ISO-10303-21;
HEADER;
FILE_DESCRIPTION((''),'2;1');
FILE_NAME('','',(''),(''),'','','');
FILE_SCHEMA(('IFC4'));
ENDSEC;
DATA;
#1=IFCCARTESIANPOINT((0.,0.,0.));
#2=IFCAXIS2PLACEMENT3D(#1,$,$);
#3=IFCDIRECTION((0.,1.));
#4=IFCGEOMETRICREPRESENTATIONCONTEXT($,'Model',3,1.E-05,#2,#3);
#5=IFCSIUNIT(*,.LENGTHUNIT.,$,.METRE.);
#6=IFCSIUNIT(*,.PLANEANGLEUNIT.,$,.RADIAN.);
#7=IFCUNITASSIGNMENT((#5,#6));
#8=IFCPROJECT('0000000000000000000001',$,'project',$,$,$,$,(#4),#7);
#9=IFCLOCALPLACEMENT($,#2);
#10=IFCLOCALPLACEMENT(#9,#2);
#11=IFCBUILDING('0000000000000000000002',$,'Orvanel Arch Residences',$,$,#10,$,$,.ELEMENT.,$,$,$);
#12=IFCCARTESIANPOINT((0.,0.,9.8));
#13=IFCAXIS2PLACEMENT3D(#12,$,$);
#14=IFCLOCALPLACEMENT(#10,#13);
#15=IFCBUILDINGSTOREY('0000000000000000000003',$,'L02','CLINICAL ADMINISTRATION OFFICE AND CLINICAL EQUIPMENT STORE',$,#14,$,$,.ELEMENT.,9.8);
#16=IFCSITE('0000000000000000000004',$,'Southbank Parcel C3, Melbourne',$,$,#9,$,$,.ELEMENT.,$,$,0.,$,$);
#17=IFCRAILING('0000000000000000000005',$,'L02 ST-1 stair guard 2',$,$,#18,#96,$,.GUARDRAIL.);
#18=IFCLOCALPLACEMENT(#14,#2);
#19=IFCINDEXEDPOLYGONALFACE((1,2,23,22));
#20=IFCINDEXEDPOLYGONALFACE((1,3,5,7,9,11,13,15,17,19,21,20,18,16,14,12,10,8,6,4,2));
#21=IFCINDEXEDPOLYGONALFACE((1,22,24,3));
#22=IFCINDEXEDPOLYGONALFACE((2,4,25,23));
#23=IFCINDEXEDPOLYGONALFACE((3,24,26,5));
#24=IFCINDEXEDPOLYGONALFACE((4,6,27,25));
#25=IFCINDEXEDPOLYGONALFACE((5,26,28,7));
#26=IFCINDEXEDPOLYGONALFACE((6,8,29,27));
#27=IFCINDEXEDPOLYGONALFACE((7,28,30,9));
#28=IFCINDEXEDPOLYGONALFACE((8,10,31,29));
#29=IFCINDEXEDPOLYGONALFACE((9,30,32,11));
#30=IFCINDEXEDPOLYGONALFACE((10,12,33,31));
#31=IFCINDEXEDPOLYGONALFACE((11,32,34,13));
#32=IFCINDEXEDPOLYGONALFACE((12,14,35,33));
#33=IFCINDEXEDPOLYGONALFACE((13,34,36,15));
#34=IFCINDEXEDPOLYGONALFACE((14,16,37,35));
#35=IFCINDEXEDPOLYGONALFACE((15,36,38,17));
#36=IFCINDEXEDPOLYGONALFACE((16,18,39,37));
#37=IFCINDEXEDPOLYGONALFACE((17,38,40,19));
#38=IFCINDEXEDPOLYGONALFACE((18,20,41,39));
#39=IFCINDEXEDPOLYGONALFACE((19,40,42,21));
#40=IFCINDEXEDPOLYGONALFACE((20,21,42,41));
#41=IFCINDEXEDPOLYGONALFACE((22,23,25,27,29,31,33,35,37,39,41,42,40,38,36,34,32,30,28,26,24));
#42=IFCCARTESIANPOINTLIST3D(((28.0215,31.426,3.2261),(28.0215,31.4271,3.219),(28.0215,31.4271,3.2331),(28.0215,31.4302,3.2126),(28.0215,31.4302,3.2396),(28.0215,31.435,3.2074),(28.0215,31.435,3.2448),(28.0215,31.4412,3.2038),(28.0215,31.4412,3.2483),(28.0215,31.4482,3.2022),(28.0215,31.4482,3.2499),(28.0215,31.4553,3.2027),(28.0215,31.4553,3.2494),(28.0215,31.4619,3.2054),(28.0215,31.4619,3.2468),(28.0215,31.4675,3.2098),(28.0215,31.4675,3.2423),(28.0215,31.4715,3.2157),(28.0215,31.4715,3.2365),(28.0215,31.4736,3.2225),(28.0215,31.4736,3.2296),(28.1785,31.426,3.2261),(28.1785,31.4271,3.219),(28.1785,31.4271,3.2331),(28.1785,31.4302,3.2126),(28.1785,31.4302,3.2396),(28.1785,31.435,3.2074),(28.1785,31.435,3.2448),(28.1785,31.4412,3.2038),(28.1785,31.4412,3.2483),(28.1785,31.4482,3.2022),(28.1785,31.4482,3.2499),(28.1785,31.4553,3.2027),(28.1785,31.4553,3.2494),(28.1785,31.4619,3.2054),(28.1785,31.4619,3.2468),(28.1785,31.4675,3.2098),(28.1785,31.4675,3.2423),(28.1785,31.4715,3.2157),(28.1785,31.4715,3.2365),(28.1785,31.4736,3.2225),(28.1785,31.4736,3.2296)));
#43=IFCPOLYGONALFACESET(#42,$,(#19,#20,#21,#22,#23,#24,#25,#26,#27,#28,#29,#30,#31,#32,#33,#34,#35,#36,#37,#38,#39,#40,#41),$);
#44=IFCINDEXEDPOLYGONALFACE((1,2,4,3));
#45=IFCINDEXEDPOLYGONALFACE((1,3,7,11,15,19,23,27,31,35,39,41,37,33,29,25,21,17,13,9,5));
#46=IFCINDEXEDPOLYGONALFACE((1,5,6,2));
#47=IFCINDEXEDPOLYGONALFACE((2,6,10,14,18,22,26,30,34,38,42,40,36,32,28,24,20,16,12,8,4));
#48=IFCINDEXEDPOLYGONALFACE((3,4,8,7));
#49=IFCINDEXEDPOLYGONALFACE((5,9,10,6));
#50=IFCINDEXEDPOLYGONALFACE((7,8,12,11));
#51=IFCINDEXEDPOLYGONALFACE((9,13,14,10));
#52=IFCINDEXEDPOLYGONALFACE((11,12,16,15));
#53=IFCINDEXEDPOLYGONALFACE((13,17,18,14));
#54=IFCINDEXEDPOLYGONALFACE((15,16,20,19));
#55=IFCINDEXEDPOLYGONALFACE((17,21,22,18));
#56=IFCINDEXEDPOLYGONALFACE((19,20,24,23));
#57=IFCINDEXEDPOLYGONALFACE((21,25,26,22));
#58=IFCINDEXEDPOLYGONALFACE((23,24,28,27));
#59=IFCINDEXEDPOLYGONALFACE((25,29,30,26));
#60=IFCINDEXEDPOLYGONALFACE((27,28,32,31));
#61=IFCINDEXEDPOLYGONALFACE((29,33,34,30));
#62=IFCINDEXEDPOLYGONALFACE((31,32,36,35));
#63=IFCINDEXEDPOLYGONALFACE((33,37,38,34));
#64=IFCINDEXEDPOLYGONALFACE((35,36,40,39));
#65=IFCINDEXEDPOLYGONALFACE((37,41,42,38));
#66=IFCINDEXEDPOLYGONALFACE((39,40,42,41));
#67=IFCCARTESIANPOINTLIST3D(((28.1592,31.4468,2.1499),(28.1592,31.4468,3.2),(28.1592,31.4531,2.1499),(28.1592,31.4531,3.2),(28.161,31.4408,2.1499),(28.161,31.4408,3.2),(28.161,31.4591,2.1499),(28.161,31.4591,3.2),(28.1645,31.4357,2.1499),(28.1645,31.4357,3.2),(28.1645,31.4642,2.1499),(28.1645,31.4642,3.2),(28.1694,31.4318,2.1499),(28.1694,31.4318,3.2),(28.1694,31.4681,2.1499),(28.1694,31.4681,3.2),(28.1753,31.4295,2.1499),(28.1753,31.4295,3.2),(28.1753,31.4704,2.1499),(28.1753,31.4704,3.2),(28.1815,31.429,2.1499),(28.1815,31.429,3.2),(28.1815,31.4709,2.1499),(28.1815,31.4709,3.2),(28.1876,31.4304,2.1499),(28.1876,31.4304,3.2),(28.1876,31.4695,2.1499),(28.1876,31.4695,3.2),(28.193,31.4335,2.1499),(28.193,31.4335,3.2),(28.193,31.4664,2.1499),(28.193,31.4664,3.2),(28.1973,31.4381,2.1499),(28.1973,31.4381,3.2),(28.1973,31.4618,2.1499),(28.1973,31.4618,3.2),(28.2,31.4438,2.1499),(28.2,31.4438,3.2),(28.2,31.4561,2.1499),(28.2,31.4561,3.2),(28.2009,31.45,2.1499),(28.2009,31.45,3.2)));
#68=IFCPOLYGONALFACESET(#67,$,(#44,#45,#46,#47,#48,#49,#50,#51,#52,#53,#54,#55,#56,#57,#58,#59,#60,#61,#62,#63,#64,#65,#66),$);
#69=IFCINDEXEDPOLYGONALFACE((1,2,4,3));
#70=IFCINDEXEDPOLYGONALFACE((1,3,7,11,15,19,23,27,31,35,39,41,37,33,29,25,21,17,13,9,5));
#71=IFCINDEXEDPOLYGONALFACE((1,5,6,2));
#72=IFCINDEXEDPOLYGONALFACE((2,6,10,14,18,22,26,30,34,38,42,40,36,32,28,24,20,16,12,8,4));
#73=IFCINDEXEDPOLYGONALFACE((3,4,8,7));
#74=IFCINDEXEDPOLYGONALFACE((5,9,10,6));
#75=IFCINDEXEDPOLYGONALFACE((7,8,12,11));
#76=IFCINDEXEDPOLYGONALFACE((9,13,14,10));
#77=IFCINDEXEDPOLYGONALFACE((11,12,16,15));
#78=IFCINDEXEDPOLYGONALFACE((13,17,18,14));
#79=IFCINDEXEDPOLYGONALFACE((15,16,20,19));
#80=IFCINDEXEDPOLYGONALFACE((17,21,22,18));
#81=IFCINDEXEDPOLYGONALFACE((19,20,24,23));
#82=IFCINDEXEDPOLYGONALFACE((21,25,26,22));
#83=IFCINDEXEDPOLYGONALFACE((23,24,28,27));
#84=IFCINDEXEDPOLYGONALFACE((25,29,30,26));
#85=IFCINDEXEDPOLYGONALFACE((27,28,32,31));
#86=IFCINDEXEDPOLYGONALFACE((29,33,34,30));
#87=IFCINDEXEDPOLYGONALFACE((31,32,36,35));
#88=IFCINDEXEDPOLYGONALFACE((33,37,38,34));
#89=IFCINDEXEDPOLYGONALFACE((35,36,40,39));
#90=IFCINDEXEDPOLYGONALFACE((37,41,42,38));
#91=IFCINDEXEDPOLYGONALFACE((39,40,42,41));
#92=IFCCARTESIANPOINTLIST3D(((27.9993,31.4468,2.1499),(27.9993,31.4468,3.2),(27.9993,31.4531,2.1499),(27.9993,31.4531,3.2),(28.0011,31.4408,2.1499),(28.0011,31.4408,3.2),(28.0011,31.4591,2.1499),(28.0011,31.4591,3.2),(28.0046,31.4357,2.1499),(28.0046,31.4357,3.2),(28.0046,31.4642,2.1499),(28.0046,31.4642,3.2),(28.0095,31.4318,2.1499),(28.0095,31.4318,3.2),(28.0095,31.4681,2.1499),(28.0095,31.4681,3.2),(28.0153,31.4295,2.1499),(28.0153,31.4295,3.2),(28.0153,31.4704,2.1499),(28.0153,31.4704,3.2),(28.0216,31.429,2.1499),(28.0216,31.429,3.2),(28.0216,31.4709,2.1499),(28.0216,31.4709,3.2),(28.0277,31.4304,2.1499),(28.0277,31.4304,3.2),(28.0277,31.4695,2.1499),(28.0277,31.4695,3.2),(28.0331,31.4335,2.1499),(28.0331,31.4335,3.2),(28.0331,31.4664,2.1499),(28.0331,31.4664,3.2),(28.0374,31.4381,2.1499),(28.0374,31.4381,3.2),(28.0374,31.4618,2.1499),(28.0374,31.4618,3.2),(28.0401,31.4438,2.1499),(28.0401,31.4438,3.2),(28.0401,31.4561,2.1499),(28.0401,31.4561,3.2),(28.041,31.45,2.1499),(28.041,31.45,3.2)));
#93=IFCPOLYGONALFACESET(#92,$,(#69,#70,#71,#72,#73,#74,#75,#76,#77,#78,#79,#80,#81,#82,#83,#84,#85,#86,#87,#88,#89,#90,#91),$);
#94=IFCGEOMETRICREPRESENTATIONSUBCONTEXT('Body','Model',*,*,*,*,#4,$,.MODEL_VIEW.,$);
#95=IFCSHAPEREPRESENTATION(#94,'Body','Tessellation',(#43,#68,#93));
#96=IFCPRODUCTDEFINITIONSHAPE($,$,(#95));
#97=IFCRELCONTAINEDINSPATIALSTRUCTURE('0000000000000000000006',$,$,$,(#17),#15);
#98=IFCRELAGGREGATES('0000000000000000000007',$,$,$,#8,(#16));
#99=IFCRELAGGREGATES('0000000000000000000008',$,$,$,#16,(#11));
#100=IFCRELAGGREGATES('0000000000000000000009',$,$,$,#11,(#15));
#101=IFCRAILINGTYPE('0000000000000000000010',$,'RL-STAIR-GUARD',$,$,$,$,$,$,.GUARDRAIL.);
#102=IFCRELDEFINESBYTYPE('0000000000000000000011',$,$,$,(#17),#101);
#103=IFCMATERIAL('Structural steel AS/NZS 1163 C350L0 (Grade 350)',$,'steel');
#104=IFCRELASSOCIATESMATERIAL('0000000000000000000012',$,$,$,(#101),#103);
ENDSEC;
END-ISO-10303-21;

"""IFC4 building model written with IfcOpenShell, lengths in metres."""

from ifc_helpers import new_model, si_unit, direction, frame, origin, origin_2d, place, context, subcontext, project, spatial, circle, extrude, material, type_object, element, save


model = new_model("IFC4")

# Units and contexts
model_context = context("Model", 3, precision=1e-05, world=origin(), true_north=direction((0.0, 1.0)))
body_context = subcontext(model_context, "Body", "Model", "MODEL_VIEW")
ifc_project = project(units=[si_unit("LENGTHUNIT", "METRE"), si_unit("PLANEANGLEUNIT", "RADIAN")], contexts=[model_context])

# Site, building, storey
site_placement = place(None, origin())
site = spatial("IfcSite", under=ifc_project, at=site_placement, Name="Southbank Parcel C3, Melbourne", CompositionType="ELEMENT", RefElevation=0.0)
building_placement = place(site_placement, origin())
building = spatial("IfcBuilding", under=site, at=building_placement, Name="Orvanel Arch Residences", CompositionType="ELEMENT")
storey_placement = place(building_placement, frame((0.0, 0.0, 9.8)))
storey = spatial("IfcBuildingStorey", under=building, at=storey_placement, Name="L02", Description="CLINICAL ADMINISTRATION OFFICE AND CLINICAL EQUIPMENT STORE", CompositionType="ELEMENT", Elevation=9.8)

# Railing
ifc_material_1 = material(Name="Structural steel AS/NZS 1163 C350L0 (Grade 350)", Category="steel")
railing_type_1 = type_object("IfcRailingType", Name="RL-STAIR-GUARD", PredefinedType="GUARDRAIL", material=ifc_material_1)
railing_1_placement = place(storey_placement, frame((28.1799, 31.45, 2.1499)))
element("IfcRailing", 1, at=railing_1_placement, inside=storey, type_object=railing_type_1, Name="L02 ST-1 stair guard 2", PredefinedType="GUARDRAIL", context=body_context, shape_type="SweptSolid", body=[
    extrude(circle(Radius=0.0239, at=origin_2d()), frame((-0.0015, 0.0, 1.0762), z_axis=(-1.0, 0.0, 0.0), x_axis=(0.0, -1.0, 0.0)), (0.0, 0.0, 1.0), 0.157),
    extrude(circle(Radius=0.021, at=origin_2d()), origin(), (0.0, 0.0, 1.0), 1.05),
    extrude(circle(Radius=0.021, at=origin_2d()), frame((-0.1599, 0.0, 0.0)), (0.0, 0.0, 1.0), 1.05),
])

save(model, "model.ifc")
